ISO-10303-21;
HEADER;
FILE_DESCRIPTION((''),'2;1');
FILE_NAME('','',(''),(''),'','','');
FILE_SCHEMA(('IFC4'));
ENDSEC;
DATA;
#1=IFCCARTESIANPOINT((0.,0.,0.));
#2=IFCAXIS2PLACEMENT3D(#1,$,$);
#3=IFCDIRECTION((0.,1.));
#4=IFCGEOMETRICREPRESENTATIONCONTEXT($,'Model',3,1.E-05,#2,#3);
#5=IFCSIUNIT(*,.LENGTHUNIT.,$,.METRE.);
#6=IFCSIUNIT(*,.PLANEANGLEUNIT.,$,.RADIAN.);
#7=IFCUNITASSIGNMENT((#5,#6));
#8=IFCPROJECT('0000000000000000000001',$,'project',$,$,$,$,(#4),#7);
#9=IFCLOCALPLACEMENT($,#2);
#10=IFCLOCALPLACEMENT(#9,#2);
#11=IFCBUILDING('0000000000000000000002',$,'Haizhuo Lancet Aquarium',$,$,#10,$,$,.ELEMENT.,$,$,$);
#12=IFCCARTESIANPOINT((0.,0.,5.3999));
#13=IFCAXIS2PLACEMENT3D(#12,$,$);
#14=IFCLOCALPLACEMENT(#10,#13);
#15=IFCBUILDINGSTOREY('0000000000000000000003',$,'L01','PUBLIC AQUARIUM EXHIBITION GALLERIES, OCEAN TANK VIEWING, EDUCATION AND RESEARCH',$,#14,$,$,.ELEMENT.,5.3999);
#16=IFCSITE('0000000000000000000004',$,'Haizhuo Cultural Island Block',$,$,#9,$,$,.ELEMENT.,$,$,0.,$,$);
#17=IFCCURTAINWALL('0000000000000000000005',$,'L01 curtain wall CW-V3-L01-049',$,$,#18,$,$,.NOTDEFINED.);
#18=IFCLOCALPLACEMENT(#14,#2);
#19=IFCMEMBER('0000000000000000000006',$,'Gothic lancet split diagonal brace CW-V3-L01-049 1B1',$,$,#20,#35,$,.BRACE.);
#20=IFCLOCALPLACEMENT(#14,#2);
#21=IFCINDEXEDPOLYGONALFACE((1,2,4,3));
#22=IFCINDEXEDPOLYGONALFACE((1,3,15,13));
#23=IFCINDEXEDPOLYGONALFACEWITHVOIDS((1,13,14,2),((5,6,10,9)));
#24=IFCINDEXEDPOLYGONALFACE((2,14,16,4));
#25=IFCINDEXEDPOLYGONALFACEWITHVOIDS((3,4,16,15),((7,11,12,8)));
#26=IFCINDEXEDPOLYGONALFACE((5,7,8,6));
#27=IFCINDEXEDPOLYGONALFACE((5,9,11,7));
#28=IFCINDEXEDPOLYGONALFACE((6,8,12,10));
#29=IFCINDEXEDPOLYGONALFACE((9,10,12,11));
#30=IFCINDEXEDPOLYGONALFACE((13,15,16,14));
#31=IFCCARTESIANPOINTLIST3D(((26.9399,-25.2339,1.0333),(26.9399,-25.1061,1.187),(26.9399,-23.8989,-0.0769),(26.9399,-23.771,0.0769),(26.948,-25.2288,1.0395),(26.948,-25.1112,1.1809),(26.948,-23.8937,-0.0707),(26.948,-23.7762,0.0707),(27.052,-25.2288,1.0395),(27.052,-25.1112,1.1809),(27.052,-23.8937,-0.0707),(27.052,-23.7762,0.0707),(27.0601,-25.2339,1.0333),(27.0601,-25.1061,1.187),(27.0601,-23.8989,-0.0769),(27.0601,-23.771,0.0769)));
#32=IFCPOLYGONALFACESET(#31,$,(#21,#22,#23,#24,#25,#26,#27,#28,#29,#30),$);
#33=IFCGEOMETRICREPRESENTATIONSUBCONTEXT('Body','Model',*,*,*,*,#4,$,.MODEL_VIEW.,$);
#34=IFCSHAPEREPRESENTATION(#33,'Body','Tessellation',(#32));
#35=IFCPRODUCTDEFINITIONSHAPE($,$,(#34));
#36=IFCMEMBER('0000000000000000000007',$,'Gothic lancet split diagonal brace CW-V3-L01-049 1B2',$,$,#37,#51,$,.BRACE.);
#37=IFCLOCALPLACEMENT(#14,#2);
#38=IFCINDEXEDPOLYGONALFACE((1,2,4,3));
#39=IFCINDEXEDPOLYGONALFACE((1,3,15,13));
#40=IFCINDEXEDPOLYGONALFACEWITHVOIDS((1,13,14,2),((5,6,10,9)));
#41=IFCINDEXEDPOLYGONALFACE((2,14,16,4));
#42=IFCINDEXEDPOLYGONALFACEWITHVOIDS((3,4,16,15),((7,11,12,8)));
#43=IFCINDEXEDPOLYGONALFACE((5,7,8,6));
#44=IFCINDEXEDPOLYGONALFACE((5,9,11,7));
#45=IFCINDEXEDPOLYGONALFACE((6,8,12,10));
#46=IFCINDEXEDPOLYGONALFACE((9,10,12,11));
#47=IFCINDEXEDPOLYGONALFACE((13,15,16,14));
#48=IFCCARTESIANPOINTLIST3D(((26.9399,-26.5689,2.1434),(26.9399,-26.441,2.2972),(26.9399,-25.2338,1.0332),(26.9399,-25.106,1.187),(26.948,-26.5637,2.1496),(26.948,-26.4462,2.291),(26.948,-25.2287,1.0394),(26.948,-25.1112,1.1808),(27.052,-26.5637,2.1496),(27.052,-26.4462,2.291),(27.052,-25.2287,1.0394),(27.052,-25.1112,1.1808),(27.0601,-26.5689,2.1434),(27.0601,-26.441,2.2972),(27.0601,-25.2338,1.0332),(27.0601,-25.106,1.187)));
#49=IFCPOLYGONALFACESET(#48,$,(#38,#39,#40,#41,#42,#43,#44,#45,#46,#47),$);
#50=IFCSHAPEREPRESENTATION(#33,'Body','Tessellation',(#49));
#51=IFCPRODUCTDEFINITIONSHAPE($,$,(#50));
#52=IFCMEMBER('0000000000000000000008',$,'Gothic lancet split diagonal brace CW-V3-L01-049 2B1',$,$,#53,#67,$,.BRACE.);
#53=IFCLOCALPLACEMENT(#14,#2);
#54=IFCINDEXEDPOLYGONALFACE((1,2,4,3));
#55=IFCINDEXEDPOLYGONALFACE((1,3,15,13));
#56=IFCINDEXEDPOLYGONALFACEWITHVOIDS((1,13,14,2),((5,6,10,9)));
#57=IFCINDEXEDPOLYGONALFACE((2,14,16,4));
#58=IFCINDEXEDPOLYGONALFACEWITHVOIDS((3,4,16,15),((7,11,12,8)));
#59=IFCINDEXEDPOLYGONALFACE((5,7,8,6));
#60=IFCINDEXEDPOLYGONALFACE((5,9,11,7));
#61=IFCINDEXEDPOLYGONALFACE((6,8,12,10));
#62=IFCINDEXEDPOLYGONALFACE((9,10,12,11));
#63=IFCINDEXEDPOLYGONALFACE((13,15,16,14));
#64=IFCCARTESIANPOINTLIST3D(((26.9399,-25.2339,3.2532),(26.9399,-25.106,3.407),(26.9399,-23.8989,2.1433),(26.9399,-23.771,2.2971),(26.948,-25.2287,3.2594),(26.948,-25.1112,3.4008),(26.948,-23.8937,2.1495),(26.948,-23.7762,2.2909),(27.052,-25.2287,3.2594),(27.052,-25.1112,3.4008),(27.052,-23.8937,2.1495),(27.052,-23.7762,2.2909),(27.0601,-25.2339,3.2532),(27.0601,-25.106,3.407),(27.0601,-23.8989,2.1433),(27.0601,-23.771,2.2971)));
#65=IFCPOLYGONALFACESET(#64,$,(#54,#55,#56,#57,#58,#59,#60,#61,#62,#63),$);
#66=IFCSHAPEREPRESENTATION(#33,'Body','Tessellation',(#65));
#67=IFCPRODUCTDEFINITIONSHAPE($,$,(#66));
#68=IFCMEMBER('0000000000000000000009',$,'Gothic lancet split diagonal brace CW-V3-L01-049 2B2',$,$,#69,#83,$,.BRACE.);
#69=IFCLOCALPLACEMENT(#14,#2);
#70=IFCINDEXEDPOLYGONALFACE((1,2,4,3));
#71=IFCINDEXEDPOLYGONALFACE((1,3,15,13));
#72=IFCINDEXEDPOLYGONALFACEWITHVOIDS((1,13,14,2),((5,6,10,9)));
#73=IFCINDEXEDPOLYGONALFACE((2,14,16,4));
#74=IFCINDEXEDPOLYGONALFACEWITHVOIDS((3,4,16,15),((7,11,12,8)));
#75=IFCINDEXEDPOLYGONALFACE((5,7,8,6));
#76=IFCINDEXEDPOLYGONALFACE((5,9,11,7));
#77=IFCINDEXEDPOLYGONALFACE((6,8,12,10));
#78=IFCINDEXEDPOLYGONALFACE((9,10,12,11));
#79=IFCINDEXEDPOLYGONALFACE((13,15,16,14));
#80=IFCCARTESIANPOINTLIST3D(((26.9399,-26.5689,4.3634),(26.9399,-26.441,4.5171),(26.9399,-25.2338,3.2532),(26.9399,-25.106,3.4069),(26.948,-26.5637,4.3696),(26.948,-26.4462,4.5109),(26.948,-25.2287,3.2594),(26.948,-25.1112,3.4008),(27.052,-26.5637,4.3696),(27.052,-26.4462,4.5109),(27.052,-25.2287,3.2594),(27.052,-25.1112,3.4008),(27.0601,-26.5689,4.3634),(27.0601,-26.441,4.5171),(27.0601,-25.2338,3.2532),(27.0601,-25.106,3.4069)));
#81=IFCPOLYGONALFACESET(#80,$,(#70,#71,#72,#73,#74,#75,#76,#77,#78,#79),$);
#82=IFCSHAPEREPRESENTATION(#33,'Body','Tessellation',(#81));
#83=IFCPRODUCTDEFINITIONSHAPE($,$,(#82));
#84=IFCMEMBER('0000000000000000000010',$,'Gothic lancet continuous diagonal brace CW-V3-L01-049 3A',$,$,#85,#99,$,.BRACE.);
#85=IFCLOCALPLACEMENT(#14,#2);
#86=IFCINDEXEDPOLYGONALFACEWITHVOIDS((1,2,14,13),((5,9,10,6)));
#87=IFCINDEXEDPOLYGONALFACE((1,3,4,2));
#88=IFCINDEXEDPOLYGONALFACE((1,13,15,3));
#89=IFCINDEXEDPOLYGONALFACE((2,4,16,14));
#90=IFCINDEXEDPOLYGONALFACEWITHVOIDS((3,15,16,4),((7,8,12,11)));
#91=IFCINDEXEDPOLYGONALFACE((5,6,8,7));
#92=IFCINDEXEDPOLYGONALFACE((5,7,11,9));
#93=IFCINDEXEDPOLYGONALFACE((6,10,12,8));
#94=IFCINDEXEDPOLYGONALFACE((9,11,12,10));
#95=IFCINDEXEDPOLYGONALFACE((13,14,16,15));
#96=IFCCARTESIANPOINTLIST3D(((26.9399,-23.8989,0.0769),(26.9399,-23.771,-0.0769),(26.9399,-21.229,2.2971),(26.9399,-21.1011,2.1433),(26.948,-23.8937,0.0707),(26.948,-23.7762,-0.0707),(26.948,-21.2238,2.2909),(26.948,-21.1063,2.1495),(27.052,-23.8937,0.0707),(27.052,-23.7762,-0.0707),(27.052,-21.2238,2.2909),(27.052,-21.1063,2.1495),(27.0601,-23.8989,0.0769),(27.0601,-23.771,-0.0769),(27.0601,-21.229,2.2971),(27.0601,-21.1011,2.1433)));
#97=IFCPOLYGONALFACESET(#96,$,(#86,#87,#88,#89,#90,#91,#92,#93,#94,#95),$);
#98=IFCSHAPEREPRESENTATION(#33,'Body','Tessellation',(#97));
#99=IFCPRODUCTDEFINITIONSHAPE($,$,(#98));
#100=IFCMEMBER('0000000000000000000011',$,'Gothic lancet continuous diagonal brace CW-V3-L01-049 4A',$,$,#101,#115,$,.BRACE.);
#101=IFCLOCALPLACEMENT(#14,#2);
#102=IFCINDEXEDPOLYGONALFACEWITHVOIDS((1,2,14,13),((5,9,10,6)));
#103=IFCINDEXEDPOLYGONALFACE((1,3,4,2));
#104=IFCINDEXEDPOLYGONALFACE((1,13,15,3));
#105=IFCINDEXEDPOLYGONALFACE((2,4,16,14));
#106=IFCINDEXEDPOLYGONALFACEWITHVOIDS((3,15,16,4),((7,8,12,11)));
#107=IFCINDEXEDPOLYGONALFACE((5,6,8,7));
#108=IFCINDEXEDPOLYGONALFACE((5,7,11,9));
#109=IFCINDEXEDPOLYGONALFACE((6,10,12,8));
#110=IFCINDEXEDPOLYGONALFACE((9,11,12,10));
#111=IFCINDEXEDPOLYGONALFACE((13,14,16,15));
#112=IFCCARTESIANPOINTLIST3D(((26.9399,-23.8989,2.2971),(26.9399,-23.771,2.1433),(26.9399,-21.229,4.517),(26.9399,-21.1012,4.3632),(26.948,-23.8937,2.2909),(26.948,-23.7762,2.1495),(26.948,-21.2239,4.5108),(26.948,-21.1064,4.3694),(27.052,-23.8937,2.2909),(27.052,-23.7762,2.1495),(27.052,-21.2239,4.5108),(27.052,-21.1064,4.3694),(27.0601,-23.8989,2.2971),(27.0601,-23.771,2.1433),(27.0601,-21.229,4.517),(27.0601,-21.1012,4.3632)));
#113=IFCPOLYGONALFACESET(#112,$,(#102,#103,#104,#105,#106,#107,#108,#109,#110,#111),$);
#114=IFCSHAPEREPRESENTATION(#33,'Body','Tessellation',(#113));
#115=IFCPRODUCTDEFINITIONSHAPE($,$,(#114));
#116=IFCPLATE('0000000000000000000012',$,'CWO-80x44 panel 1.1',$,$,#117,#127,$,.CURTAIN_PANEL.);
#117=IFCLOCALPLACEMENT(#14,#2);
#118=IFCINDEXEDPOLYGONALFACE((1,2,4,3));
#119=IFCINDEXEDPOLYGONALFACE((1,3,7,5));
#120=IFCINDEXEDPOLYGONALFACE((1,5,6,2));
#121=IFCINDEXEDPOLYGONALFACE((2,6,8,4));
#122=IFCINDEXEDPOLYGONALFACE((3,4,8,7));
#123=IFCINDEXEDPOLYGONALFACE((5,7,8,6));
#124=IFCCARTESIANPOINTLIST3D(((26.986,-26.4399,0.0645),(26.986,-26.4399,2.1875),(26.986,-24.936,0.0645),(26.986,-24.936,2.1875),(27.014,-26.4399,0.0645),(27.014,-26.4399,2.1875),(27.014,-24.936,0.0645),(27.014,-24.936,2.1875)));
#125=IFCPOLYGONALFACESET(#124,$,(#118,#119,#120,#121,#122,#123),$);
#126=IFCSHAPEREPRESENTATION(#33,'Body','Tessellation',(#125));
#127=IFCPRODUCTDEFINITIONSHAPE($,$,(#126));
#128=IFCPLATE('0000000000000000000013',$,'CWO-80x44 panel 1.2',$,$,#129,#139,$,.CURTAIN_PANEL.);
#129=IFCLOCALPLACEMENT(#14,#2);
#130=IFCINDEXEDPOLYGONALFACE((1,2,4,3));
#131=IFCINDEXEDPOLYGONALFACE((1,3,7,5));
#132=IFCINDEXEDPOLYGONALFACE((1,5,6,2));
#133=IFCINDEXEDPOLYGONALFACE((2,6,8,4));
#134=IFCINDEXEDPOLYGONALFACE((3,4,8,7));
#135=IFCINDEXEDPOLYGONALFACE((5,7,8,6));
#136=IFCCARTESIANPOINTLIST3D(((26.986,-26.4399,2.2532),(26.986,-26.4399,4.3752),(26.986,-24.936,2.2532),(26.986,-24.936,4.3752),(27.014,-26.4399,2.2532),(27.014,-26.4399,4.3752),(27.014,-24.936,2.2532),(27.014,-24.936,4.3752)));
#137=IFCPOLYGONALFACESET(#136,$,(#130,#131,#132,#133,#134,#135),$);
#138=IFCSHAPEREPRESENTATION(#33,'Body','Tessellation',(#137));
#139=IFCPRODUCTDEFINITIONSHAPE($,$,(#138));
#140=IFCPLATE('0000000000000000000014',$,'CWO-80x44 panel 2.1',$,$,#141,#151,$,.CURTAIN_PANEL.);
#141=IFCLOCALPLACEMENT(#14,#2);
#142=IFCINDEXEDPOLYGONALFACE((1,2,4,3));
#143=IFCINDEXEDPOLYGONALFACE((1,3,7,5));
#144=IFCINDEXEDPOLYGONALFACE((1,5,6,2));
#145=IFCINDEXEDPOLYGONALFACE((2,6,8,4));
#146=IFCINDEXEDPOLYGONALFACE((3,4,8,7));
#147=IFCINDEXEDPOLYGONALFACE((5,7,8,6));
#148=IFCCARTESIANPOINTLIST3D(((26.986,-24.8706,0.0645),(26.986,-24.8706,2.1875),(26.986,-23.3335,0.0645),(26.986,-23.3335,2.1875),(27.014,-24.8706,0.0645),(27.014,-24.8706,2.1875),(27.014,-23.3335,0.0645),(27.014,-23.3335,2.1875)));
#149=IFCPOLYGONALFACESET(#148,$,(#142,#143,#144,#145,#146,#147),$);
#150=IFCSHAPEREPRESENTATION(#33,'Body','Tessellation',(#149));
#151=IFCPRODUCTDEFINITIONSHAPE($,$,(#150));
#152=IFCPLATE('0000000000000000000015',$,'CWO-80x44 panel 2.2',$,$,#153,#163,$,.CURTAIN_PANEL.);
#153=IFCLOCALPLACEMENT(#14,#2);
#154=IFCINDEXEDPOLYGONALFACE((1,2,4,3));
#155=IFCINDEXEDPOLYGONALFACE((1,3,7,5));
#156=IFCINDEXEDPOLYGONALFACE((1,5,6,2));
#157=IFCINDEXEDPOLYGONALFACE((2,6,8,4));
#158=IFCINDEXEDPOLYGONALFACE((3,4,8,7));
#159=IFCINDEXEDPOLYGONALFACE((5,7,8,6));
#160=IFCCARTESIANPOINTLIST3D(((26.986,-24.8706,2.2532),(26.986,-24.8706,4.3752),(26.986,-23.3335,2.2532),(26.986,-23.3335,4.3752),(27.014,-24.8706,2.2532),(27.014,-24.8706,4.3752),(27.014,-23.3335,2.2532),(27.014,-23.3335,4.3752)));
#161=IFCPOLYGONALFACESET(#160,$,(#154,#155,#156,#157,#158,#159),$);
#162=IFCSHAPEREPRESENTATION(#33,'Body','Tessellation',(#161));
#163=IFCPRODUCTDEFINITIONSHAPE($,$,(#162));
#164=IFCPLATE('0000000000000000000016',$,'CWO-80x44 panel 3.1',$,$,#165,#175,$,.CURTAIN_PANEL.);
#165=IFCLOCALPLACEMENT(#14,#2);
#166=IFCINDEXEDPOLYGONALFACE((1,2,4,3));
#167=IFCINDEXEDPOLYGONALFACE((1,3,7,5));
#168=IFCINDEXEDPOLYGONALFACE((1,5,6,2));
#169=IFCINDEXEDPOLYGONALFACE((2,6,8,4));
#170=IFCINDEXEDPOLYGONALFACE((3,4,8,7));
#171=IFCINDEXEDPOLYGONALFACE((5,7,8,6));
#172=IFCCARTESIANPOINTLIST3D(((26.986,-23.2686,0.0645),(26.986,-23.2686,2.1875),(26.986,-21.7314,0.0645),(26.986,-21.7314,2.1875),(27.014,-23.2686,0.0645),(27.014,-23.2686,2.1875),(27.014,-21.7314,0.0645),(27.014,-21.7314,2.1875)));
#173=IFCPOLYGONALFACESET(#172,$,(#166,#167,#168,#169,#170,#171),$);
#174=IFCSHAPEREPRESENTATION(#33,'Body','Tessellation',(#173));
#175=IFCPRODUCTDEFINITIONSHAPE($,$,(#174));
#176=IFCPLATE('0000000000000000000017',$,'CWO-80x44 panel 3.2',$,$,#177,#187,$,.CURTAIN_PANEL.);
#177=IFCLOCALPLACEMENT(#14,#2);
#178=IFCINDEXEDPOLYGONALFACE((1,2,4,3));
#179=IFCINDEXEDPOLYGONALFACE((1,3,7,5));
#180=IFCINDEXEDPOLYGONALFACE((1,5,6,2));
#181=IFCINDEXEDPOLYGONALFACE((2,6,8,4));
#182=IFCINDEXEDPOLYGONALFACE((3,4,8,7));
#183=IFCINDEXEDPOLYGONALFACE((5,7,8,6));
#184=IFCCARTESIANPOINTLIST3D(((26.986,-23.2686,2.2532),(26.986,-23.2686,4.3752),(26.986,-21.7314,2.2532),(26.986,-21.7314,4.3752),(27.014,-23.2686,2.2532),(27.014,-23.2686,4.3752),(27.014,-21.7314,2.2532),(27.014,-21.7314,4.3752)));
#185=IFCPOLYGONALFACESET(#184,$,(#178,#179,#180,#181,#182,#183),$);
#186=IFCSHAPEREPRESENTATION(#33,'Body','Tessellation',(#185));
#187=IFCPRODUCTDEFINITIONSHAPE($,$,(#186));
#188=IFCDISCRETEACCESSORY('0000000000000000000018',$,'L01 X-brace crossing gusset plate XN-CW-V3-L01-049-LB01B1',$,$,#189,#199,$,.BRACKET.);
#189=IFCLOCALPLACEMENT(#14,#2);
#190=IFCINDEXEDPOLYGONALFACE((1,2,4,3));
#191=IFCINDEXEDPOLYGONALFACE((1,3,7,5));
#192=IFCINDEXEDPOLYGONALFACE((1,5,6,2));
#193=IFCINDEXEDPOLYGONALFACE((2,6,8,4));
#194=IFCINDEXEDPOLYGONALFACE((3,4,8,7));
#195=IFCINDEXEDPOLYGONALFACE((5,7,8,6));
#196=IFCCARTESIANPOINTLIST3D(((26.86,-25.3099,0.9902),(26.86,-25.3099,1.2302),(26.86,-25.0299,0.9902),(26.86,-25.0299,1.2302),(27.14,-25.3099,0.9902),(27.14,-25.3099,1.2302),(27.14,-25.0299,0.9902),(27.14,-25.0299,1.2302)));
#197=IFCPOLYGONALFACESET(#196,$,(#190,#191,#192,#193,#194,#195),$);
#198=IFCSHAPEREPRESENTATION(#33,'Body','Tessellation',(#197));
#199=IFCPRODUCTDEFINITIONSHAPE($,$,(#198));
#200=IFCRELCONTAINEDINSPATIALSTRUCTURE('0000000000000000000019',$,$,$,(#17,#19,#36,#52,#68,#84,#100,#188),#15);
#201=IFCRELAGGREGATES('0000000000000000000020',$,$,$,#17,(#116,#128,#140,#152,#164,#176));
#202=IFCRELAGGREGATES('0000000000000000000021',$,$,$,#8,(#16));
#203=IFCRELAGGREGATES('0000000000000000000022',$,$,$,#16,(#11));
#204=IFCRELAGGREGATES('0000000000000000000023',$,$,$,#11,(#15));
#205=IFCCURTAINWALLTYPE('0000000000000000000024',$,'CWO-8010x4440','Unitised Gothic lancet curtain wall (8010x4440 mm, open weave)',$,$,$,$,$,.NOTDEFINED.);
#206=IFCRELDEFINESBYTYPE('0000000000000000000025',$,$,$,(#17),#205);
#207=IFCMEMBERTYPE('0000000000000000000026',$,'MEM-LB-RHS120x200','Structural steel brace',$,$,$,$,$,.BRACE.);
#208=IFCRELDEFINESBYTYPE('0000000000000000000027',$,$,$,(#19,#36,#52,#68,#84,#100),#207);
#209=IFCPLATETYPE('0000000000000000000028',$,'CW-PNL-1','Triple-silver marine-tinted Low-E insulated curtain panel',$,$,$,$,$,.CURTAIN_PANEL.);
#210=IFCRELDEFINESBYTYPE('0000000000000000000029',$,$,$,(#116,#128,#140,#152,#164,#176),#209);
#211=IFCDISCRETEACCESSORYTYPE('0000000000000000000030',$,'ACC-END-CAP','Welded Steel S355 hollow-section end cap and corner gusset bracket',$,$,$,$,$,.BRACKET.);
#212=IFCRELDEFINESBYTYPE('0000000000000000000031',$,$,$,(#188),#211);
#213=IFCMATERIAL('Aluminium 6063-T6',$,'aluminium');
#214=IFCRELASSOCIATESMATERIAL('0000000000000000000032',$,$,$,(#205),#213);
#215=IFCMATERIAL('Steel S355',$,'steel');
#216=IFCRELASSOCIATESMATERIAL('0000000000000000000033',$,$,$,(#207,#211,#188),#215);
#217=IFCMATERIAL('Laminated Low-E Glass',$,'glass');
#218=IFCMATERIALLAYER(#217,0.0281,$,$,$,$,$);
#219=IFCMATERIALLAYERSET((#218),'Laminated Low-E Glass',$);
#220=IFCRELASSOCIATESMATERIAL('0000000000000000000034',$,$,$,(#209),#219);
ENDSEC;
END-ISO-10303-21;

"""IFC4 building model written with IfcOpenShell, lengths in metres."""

from ifc_helpers import new_model, si_unit, direction, frame, origin, origin_2d, place, context, subcontext, project, spatial, rectangle, hollow_rectangle, extrude, material, layer, layer_set, material_profile, profile_set, type_object, element, aggregate, save


model = new_model("IFC4")

# Units and contexts
model_context = context("Model", 3, precision=1e-05, world=origin(), true_north=direction((0.0, 1.0)))
body_context = subcontext(model_context, "Body", "Model", "MODEL_VIEW")
ifc_project = project(units=[si_unit("LENGTHUNIT", "METRE"), si_unit("PLANEANGLEUNIT", "RADIAN")], contexts=[model_context])

# Site, building, storey
site_placement = place(None, origin())
site = spatial("IfcSite", under=ifc_project, at=site_placement, Name="Haizhuo Cultural Island Block", CompositionType="ELEMENT", RefElevation=0.0)
building_placement = place(site_placement, origin())
building = spatial("IfcBuilding", under=site, at=building_placement, Name="Haizhuo Lancet Aquarium", CompositionType="ELEMENT")
storey_placement = place(building_placement, frame((0.0, 0.0, 5.3999)))
storey = spatial("IfcBuildingStorey", under=building, at=storey_placement, Name="L01", Description="PUBLIC AQUARIUM EXHIBITION GALLERIES, OCEAN TANK VIEWING, EDUCATION AND RESEARCH", CompositionType="ELEMENT", Elevation=5.3999)

# Curtain wall
ifc_material_1 = material(Name="Aluminium 6063-T6", Category="aluminium")
curtain_wall_type = type_object("IfcCurtainWallType", Name="CWO-8010x4440", Description="Unitised Gothic lancet curtain wall (8010x4440 mm, open weave)", PredefinedType="NOTDEFINED", material=ifc_material_1)
curtain_wall_placement = place(storey_placement, origin())
curtain_wall = element("IfcCurtainWall", 1, at=curtain_wall_placement, inside=storey, type_object=curtain_wall_type, Name="L01 curtain wall CW-V3-L01-049", PredefinedType="NOTDEFINED")

# Members
ifc_material_2 = material(Name="Steel S355", Category="steel")
ifc_material_profile_1 = material_profile(ifc_material_2, hollow_rectangle(XDim=0.1201, YDim=0.2, WallThickness=0.0081, at=origin_2d()), Name="RHS 120x200x8")
ifc_profile_set_1 = profile_set([ifc_material_profile_1], Name="Steel S355")
member_type_1 = type_object("IfcMemberType", Name="MEM-LB-RHS120x200", Description="Structural steel brace", PredefinedType="BRACE", material=ifc_profile_set_1)
for number, where, z_axis, x_axis, name in (
    (2, (27.0, -23.835, 0.0), (0.0, -0.768889, 0.639382), (1.0, 0.0, 0.0), "Gothic lancet split diagonal brace CW-V3-L01-049 1B1"),
    (3, (27.0, -25.1699, 1.1101), (0.0, -0.768889, 0.639382), (1.0, 0.0, 0.0), "Gothic lancet split diagonal brace CW-V3-L01-049 1B2"),
):
    element("IfcMember", number, at=place(storey_placement, frame(where, z_axis=z_axis, x_axis=x_axis)), inside=storey, type_object=member_type_1, Name=name, PredefinedType="BRACE", context=body_context, shape_type="SweptSolid", body=[
        extrude(hollow_rectangle(XDim=0.1201, YDim=0.2, WallThickness=0.0081, at=origin_2d()), origin(), (0.0, 0.0, 1.0), 1.7363),
    ])
member_1_placement = place(storey_placement, frame((27.0, -23.835, 2.2202), z_axis=(0.0, -0.768958, 0.639299), x_axis=(1.0, 0.0, 0.0)))
element("IfcMember", 4, at=member_1_placement, inside=storey, type_object=member_type_1, Name="Gothic lancet split diagonal brace CW-V3-L01-049 2B1", PredefinedType="BRACE", context=body_context, shape_type="SweptSolid", body=[
    extrude(hollow_rectangle(XDim=0.1201, YDim=0.2, WallThickness=0.0081, at=origin_2d()), origin(), (0.0, 0.0, 1.0), 1.7361),
])
member_2_placement = place(storey_placement, frame((27.0, -25.1699, 3.3301), z_axis=(0.0, -0.768889, 0.639382), x_axis=(1.0, 0.0, 0.0)))
element("IfcMember", 5, at=member_2_placement, inside=storey, type_object=member_type_1, Name="Gothic lancet split diagonal brace CW-V3-L01-049 2B2", PredefinedType="BRACE", context=body_context, shape_type="SweptSolid", body=[
    extrude(hollow_rectangle(XDim=0.1201, YDim=0.2, WallThickness=0.0081, at=origin_2d()), origin(), (0.0, 0.0, 1.0), 1.7363),
])
member_3_placement = place(storey_placement, frame((27.0, -23.835, 0.0), z_axis=(0.0, 0.768889, 0.639382), x_axis=(-1.0, 0.0, 0.0)))
element("IfcMember", 6, at=member_3_placement, inside=storey, type_object=member_type_1, Name="Gothic lancet continuous diagonal brace CW-V3-L01-049 3A", PredefinedType="BRACE", context=body_context, shape_type="SweptSolid", body=[
    extrude(hollow_rectangle(XDim=0.1201, YDim=0.2, WallThickness=0.0081, at=origin_2d()), origin(), (0.0, 0.0, 1.0), 3.4724),
])
member_4_placement = place(storey_placement, frame((27.0, -23.835, 2.2202), z_axis=(0.0, 0.768924, 0.63934), x_axis=(-1.0, 0.0, 0.0)))
element("IfcMember", 7, at=member_4_placement, inside=storey, type_object=member_type_1, Name="Gothic lancet continuous diagonal brace CW-V3-L01-049 4A", PredefinedType="BRACE", context=body_context, shape_type="SweptSolid", body=[
    extrude(hollow_rectangle(XDim=0.1201, YDim=0.2, WallThickness=0.0081, at=origin_2d()), origin(), (0.0, 0.0, 1.0), 3.4722),
])

# Plates
ifc_material_3 = material(Name="Laminated Low-E Glass", Category="glass")
ifc_layer = layer(ifc_material_3, 0.0281)
ifc_layer_set = layer_set([ifc_layer], Name="Laminated Low-E Glass")
plate_type = type_object("IfcPlateType", Name="CW-PNL-1", Description="Triple-silver marine-tinted Low-E insulated curtain panel", PredefinedType="CURTAIN_PANEL", material=ifc_layer_set)
plate_1_placement = place(storey_placement, frame((27.0, -25.688, 0.0645), z_axis=(0.0, 0.0, 1.0), x_axis=(0.0, 1.0, 0.0)))
plate_1 = element("IfcPlate", 8, at=plate_1_placement, type_object=plate_type, Name="CWO-80x44 panel 1.1", PredefinedType="CURTAIN_PANEL", context=body_context, shape_type="SweptSolid", body=[
    extrude(rectangle(XDim=1.5039, YDim=0.0281, at=origin_2d()), origin(), (0.0, 0.0, 1.0), 2.123),
])
plate_2_placement = place(storey_placement, frame((27.0, -25.688, 2.2532), z_axis=(0.0, 0.0, 1.0), x_axis=(0.0, 1.0, 0.0)))
plate_2 = element("IfcPlate", 9, at=plate_2_placement, type_object=plate_type, Name="CWO-80x44 panel 1.2", PredefinedType="CURTAIN_PANEL", context=body_context, shape_type="SweptSolid", body=[
    extrude(rectangle(XDim=1.5039, YDim=0.0281, at=origin_2d()), origin(), (0.0, 0.0, 1.0), 2.1221),
])
plate_3_placement = place(storey_placement, frame((27.0, -24.1021, 0.0645), z_axis=(0.0, 0.0, 1.0), x_axis=(0.0, 1.0, 0.0)))
plate_3 = element("IfcPlate", 10, at=plate_3_placement, type_object=plate_type, Name="CWO-80x44 panel 2.1", PredefinedType="CURTAIN_PANEL", context=body_context, shape_type="SweptSolid", body=[
    extrude(rectangle(XDim=1.5371, YDim=0.0281, at=origin_2d()), origin(), (0.0, 0.0, 1.0), 2.123),
])
plate_4_placement = place(storey_placement, frame((27.0, -24.1021, 2.2532), z_axis=(0.0, 0.0, 1.0), x_axis=(0.0, 1.0, 0.0)))
plate_4 = element("IfcPlate", 11, at=plate_4_placement, type_object=plate_type, Name="CWO-80x44 panel 2.2", PredefinedType="CURTAIN_PANEL", context=body_context, shape_type="SweptSolid", body=[
    extrude(rectangle(XDim=1.5371, YDim=0.0281, at=origin_2d()), origin(), (0.0, 0.0, 1.0), 2.1221),
])
plate_5_placement = place(storey_placement, frame((27.0, -22.5, 0.0645), z_axis=(0.0, 0.0, 1.0), x_axis=(0.0, 1.0, 0.0)))
plate_5 = element("IfcPlate", 12, at=plate_5_placement, type_object=plate_type, Name="CWO-80x44 panel 3.1", PredefinedType="CURTAIN_PANEL", context=body_context, shape_type="SweptSolid", body=[
    extrude(rectangle(XDim=1.5371, YDim=0.0281, at=origin_2d()), origin(), (0.0, 0.0, 1.0), 2.123),
])
plate_6_placement = place(storey_placement, frame((27.0, -22.5, 2.2532), z_axis=(0.0, 0.0, 1.0), x_axis=(0.0, 1.0, 0.0)))
plate_6 = element("IfcPlate", 13, at=plate_6_placement, type_object=plate_type, Name="CWO-80x44 panel 3.2", PredefinedType="CURTAIN_PANEL", context=body_context, shape_type="SweptSolid", body=[
    extrude(rectangle(XDim=1.5371, YDim=0.0281, at=origin_2d()), origin(), (0.0, 0.0, 1.0), 2.1221),
])
aggregate(curtain_wall, [plate_1, plate_2, plate_3, plate_4, plate_5, plate_6])

# Discrete accessory
discrete_accessory_type = type_object("IfcDiscreteAccessoryType", Name="ACC-END-CAP", Description="Welded Steel S355 hollow-section end cap and corner gusset bracket", PredefinedType="BRACKET", material=ifc_material_2)
for number, where, z_axis, x_axis, name in (
    (14, (27.0, -25.1699, 0.9902), (0.0, 0.0, 1.0), (1.0, 0.0, 0.0), "L01 X-brace crossing gusset plate XN-CW-V3-L01-049-LB01B1"),
):
    element("IfcDiscreteAccessory", number, at=place(storey_placement, frame(where, z_axis=z_axis, x_axis=x_axis)), inside=storey, type_object=discrete_accessory_type, material=ifc_material_2, Name=name, PredefinedType="BRACKET", context=body_context, shape_type="SweptSolid", body=[
        extrude(rectangle(XDim=0.28, YDim=0.28, at=origin_2d()), origin(), (0.0, 0.0, 1.0), 0.24),
    ])

save(model, "model.ifc")
